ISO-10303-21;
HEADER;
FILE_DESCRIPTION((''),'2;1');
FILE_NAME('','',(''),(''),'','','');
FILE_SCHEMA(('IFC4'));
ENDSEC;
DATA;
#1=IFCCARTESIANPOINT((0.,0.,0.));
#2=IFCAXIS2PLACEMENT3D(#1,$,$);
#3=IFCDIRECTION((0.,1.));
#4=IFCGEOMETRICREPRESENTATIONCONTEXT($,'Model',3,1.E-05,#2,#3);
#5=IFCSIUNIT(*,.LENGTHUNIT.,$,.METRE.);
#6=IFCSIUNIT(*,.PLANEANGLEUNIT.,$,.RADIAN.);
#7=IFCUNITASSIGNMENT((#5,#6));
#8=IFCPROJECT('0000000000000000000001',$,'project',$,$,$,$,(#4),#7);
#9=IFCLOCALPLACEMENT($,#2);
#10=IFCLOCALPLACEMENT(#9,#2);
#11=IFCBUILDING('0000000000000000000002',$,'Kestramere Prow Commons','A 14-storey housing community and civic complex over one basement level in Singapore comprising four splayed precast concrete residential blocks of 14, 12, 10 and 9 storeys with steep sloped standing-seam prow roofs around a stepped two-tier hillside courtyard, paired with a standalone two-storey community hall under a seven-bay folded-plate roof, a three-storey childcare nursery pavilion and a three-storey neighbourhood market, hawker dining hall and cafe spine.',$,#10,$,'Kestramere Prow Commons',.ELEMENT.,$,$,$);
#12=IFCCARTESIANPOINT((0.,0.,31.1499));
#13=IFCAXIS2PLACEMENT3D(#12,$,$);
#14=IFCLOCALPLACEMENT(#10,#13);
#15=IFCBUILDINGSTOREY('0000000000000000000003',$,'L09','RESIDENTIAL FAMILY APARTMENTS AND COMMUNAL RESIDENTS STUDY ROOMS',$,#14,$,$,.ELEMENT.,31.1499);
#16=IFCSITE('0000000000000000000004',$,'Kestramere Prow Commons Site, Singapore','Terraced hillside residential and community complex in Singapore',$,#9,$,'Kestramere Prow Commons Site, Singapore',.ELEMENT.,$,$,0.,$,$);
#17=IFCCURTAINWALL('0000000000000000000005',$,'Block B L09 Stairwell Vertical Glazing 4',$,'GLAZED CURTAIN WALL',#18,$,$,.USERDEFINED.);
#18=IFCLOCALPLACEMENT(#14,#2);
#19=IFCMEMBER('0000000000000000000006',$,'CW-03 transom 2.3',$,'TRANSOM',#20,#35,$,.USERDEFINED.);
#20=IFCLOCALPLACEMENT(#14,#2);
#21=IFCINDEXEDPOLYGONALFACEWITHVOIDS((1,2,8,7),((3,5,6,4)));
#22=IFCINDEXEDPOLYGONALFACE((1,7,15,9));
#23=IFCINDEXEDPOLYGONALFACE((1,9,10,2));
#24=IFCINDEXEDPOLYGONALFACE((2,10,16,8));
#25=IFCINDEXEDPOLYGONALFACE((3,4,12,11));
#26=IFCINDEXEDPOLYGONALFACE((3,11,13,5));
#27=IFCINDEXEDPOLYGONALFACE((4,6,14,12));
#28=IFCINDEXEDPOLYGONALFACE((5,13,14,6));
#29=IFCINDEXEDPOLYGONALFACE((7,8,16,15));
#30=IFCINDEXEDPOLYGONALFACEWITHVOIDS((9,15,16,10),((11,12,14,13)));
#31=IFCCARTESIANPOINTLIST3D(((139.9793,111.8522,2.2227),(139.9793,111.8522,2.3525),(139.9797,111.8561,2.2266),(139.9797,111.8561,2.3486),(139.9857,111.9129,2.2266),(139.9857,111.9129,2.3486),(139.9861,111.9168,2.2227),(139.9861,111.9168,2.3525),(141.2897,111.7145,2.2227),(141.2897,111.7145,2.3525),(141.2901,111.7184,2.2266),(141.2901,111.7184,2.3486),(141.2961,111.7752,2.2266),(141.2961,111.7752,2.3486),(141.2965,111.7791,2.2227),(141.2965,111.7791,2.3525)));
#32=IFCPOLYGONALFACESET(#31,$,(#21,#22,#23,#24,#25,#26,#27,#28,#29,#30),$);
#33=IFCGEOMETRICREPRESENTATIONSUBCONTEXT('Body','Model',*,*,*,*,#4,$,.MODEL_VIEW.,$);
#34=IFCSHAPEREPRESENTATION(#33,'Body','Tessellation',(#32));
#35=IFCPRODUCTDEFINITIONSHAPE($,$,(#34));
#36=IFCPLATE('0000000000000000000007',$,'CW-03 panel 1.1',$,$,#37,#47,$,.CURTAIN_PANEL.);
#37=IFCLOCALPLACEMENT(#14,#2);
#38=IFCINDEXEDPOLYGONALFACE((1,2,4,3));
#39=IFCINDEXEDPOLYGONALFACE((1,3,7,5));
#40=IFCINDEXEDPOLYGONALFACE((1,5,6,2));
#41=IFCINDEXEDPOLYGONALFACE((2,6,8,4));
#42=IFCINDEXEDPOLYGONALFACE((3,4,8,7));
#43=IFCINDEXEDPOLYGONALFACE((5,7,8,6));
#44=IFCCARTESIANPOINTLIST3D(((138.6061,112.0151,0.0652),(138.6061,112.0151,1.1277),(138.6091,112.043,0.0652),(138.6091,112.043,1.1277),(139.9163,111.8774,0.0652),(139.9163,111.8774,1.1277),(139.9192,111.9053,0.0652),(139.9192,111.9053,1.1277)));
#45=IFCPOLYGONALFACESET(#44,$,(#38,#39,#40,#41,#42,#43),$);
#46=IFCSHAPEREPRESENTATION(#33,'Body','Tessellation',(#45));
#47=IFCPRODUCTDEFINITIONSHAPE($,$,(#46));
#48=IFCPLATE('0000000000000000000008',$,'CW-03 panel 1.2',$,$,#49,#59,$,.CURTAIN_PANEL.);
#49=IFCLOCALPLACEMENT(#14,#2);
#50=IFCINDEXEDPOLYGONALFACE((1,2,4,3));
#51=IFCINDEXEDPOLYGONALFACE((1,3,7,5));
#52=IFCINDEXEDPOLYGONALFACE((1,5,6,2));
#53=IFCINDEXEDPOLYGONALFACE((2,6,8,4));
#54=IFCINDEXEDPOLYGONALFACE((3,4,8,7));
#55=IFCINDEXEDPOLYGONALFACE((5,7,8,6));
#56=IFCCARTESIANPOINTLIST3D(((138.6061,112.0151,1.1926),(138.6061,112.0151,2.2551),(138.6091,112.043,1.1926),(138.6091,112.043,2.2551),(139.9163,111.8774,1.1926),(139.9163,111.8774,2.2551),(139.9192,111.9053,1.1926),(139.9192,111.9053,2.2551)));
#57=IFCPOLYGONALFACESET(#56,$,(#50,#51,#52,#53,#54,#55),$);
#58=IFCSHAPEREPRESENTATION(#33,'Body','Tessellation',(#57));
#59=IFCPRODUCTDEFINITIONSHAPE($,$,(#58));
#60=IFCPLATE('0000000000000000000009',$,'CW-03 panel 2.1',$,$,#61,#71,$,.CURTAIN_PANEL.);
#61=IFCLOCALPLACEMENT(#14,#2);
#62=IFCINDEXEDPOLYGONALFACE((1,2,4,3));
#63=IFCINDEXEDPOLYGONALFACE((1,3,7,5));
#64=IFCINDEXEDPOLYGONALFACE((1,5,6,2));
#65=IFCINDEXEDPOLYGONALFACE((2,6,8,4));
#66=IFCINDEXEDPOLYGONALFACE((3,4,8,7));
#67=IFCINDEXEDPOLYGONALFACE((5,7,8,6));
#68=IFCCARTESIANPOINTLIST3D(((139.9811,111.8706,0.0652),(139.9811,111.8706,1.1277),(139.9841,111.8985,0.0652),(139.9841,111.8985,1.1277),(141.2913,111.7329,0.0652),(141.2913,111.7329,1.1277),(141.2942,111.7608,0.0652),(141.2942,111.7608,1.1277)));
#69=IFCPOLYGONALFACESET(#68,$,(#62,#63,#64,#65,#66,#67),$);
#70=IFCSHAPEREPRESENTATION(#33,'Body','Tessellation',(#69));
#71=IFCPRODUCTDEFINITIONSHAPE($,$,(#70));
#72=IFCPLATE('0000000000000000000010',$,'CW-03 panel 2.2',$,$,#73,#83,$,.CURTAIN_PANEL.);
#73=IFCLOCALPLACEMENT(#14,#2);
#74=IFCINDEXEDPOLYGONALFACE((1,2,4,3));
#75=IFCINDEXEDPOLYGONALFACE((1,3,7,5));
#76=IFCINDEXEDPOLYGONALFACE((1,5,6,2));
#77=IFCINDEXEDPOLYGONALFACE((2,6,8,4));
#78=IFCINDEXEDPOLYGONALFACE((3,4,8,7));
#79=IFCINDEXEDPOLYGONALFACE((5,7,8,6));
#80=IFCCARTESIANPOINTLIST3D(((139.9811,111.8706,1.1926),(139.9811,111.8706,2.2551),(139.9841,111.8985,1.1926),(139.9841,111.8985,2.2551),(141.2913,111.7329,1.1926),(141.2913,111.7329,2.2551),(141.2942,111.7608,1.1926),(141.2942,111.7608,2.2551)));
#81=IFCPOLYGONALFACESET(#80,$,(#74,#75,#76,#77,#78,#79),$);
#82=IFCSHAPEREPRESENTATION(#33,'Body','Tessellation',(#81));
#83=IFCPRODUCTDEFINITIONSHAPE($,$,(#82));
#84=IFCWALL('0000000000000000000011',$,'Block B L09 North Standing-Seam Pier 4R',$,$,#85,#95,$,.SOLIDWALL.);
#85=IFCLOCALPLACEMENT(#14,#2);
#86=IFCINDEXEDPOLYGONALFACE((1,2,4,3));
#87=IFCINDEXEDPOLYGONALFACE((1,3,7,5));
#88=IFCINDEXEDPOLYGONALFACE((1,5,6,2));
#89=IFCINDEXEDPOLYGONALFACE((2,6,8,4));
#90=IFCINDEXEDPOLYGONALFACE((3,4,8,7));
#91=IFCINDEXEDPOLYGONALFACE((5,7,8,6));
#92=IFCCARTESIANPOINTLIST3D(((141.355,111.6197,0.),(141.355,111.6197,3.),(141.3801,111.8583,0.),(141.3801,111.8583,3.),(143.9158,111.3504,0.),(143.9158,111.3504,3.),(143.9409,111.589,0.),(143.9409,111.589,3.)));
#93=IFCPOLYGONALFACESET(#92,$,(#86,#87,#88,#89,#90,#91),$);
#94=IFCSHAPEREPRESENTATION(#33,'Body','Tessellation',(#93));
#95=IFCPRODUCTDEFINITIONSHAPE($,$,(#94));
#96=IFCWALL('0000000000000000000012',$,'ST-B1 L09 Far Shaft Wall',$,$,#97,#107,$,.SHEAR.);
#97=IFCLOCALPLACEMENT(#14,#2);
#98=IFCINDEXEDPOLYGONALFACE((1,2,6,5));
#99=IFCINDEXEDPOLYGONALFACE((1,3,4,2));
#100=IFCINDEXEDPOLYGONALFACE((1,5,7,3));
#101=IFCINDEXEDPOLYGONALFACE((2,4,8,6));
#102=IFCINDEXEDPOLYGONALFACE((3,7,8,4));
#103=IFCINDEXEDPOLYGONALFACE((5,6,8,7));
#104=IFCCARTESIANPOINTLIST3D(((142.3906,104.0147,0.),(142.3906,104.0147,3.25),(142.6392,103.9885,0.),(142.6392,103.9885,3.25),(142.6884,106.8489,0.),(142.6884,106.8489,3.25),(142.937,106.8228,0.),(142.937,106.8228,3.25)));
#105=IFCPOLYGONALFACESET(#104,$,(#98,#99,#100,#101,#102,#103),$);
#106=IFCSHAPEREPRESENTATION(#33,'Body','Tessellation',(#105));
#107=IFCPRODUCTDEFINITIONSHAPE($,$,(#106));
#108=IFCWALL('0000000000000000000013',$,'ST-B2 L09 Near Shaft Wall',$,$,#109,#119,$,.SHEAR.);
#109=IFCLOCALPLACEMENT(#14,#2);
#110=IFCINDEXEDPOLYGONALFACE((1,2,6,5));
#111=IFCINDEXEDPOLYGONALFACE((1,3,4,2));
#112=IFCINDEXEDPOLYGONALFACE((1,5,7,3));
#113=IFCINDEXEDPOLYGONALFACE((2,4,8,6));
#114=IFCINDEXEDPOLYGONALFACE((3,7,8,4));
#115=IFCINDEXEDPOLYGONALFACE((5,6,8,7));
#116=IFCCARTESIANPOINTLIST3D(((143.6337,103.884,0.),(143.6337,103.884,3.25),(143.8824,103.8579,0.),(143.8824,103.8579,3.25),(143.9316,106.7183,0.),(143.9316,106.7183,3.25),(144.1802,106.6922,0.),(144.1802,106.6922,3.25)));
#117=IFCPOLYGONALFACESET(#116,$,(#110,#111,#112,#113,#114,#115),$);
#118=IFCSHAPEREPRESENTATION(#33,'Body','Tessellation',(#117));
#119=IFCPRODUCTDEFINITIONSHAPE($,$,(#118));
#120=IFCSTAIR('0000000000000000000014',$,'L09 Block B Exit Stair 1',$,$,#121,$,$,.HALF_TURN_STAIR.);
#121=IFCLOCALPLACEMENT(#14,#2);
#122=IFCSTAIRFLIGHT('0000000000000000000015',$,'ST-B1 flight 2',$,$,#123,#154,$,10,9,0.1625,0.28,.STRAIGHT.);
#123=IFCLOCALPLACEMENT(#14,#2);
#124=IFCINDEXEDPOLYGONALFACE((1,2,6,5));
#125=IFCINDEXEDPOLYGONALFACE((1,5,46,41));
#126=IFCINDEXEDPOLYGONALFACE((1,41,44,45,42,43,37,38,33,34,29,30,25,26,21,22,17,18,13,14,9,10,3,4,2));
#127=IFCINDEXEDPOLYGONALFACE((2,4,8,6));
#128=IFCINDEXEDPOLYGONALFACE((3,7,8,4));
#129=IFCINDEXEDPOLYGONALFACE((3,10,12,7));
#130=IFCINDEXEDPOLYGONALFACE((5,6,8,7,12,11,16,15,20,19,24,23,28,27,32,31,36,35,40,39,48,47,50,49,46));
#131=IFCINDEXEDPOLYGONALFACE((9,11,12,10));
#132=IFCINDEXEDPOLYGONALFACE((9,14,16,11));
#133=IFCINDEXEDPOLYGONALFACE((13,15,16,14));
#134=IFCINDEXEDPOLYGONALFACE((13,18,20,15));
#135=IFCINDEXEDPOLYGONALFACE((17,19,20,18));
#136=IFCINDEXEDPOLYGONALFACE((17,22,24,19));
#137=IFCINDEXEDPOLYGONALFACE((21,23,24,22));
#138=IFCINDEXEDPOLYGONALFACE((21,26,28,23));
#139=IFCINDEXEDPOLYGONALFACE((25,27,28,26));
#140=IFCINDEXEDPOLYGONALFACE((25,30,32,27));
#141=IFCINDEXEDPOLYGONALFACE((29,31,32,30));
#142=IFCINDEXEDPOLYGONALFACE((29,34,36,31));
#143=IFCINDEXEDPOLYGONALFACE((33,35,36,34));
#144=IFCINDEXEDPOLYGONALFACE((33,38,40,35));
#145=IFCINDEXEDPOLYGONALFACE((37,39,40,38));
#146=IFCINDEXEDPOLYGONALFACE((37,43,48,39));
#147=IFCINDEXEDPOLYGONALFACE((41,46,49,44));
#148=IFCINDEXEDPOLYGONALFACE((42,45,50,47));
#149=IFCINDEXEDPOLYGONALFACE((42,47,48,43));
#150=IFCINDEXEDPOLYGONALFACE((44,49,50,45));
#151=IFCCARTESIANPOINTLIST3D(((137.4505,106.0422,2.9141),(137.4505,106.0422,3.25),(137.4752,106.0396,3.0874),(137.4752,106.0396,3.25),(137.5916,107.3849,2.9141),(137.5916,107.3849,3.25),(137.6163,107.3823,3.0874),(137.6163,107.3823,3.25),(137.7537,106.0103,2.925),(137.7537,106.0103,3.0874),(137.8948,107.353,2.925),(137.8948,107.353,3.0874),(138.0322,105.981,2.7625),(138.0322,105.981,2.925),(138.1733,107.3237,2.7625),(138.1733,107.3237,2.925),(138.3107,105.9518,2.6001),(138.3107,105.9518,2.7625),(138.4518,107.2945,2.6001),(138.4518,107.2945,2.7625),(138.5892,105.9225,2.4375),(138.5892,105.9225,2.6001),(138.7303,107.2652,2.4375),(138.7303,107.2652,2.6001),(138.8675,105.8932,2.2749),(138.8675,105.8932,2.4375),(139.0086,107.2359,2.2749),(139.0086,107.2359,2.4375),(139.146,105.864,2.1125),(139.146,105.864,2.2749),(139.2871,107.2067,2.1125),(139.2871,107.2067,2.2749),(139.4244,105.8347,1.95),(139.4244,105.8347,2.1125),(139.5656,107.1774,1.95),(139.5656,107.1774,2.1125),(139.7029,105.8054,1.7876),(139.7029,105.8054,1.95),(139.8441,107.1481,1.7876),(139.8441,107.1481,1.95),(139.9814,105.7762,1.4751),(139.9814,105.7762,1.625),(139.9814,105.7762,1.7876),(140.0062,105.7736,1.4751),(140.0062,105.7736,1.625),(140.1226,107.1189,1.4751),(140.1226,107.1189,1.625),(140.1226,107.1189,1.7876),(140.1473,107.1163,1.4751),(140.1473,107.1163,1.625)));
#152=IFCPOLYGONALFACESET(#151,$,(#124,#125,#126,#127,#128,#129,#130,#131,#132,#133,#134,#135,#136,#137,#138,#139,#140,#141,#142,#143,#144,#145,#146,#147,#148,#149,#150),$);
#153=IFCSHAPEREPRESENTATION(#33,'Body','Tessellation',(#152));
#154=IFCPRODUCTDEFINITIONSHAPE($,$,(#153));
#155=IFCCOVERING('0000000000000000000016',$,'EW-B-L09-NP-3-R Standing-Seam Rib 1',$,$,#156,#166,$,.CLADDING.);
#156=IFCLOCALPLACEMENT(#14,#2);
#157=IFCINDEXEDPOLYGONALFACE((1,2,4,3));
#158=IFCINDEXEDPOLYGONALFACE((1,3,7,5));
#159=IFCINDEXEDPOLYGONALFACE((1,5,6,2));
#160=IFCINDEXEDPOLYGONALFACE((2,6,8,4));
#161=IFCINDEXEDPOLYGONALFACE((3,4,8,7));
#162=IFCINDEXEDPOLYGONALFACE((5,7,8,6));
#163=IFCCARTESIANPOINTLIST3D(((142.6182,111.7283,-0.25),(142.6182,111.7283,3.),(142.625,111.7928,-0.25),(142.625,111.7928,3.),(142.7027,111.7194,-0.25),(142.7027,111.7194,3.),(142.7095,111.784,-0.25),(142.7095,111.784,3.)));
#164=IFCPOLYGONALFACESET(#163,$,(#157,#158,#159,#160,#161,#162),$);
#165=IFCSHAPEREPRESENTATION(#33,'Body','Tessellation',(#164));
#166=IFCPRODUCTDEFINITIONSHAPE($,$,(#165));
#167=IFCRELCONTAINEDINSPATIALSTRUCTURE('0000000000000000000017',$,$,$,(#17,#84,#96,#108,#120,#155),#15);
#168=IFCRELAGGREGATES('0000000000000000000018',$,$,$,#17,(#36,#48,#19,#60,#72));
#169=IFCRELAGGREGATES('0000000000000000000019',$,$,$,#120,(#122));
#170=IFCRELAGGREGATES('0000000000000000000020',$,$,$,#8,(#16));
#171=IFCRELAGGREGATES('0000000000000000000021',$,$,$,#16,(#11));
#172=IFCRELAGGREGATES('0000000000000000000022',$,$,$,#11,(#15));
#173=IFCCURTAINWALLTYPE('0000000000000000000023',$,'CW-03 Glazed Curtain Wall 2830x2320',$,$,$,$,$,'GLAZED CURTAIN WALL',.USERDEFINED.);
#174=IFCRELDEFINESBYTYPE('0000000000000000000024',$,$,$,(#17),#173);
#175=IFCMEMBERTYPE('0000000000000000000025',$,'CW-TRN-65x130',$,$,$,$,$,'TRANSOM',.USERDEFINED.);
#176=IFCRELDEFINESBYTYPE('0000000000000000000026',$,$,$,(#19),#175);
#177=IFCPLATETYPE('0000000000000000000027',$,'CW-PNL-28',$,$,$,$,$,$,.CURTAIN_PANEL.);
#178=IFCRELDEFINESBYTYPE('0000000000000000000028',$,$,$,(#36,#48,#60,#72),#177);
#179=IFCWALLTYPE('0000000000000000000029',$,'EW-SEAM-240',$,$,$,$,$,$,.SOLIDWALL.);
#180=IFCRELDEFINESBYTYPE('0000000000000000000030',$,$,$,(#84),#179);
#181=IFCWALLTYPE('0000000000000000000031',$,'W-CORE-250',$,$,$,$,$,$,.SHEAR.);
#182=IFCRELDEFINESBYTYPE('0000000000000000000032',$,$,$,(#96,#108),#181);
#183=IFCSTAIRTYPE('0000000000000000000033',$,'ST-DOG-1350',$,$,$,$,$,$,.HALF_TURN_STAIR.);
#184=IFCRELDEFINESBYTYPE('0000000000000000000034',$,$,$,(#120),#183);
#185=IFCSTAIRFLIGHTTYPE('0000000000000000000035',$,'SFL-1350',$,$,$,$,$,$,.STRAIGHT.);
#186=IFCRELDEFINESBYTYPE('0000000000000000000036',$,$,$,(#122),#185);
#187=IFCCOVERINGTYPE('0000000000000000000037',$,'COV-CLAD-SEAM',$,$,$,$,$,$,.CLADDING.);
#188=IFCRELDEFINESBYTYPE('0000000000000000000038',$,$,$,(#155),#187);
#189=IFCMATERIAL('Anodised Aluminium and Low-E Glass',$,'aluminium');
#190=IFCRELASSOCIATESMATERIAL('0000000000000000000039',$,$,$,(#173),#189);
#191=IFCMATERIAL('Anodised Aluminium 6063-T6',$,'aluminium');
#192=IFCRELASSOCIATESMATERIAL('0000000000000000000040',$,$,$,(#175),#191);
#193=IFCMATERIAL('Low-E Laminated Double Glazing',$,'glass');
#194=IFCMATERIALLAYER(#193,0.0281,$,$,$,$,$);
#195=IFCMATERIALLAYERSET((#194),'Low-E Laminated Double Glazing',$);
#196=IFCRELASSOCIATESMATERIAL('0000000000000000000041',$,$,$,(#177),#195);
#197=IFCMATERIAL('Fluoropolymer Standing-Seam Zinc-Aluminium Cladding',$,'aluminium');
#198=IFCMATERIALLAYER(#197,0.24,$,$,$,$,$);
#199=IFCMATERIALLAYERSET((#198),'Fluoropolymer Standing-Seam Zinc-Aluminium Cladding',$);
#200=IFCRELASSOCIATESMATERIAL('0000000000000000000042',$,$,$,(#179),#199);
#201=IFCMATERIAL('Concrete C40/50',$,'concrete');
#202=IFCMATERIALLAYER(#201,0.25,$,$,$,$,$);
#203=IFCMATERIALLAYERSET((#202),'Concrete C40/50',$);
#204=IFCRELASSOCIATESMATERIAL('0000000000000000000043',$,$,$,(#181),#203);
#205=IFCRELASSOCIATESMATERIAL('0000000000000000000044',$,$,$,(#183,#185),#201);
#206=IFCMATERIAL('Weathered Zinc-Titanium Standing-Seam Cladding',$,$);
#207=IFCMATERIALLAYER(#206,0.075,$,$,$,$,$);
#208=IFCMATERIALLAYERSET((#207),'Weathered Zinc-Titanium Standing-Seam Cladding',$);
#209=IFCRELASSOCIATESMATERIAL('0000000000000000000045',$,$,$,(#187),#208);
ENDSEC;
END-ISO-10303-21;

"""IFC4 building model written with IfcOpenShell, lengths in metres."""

from ifc_helpers import new_model, si_unit, direction, frame, frame_2d, origin, origin_2d, place, context, subcontext, project, spatial, polyline, rectangle, hollow_rectangle, outline, extrude, material, layer, layer_set, material_profile, profile_set, type_object, element, aggregate, save


model = new_model("IFC4")

# Units and contexts
model_context = context("Model", 3, precision=1e-05, world=origin(), true_north=direction((0.0, 1.0)))
body_context = subcontext(model_context, "Body", "Model", "MODEL_VIEW")
ifc_project = project(units=[si_unit("LENGTHUNIT", "METRE"), si_unit("PLANEANGLEUNIT", "RADIAN")], contexts=[model_context])

# Site, building, storey
site_placement = place(None, origin())
site = spatial("IfcSite", under=ifc_project, at=site_placement, Name="Kestramere Prow Commons Site, Singapore", Description="Terraced hillside residential and community complex in Singapore", LongName="Kestramere Prow Commons Site, Singapore", CompositionType="ELEMENT", RefElevation=0.0)
building_placement = place(site_placement, origin())
building = spatial("IfcBuilding", under=site, at=building_placement, Name="Kestramere Prow Commons", Description="A 14-storey housing community and civic complex over one basement level in Singapore comprising four splayed precast concrete residential blocks of 14, 12, 10 and 9 storeys with steep sloped standing-seam prow roofs around a stepped two-tier hillside courtyard, paired with a standalone two-storey community hall under a seven-bay folded-plate roof, a three-storey childcare nursery pavilion and a three-storey neighbourhood market, hawker dining hall and cafe spine.", LongName="Kestramere Prow Commons", CompositionType="ELEMENT")
storey_placement = place(building_placement, frame((0.0, 0.0, 31.1499)))
storey = spatial("IfcBuildingStorey", under=building, at=storey_placement, Name="L09", Description="RESIDENTIAL FAMILY APARTMENTS AND COMMUNAL RESIDENTS STUDY ROOMS", CompositionType="ELEMENT", Elevation=31.1499)

# Shared definitions
ifc_material_1 = material(Name="Concrete C40/50", Category="concrete")

# Curtain wall, member, plates
ifc_material_2 = material(Name="Anodised Aluminium and Low-E Glass", Category="aluminium")
curtain_wall_type = type_object("IfcCurtainWallType", Name="CW-03 Glazed Curtain Wall 2830x2320", ElementType="GLAZED CURTAIN WALL", PredefinedType="USERDEFINED", material=ifc_material_2)
curtain_wall_placement = place(storey_placement, origin())
curtain_wall = element("IfcCurtainWall", 1, at=curtain_wall_placement, inside=storey, type_object=curtain_wall_type, Name="Block B L09 Stairwell Vertical Glazing 4", ObjectType="GLAZED CURTAIN WALL", PredefinedType="USERDEFINED")
ifc_material_3 = material(Name="Anodised Aluminium 6063-T6", Category="aluminium")
ifc_material_profile_1 = material_profile(ifc_material_3, hollow_rectangle(XDim=0.0649, YDim=0.1299, WallThickness=0.0039, at=origin_2d()), Name="ALU-TRN 65x130")
ifc_profile_set_1 = profile_set([ifc_material_profile_1], Name="Anodised Aluminium 6063-T6")
member_type_1 = type_object("IfcMemberType", Name="CW-TRN-65x130", ElementType="TRANSOM", PredefinedType="USERDEFINED", material=ifc_profile_set_1)
member_1_placement = place(storey_placement, frame((139.9827, 111.8845, 2.2876), z_axis=(0.994524, -0.104511, 0.0), x_axis=(0.104511, 0.994524, 0.0)))
member_1 = element("IfcMember", 2, at=member_1_placement, type_object=member_type_1, Name="CW-03 transom 2.3", ObjectType="TRANSOM", PredefinedType="USERDEFINED", context=body_context, shape_type="SweptSolid", body=[
    extrude(hollow_rectangle(XDim=0.0649, YDim=0.1299, WallThickness=0.0039, at=origin_2d()), origin(), (0.0, 0.0, 1.0), 1.3176),
])
ifc_material_4 = material(Name="Low-E Laminated Double Glazing", Category="glass")
ifc_layer_1 = layer(ifc_material_4, 0.0281)
ifc_layer_set_1 = layer_set([ifc_layer_1], Name="Low-E Laminated Double Glazing")
plate_type = type_object("IfcPlateType", Name="CW-PNL-28", PredefinedType="CURTAIN_PANEL", material=ifc_layer_set_1)
plate_1_placement = place(storey_placement, frame((139.2627, 111.9602, 0.0652), z_axis=(0.0, 0.0, 1.0), x_axis=(0.994522, -0.104529, 0.0)))
plate_1 = element("IfcPlate", 3, at=plate_1_placement, type_object=plate_type, Name="CW-03 panel 1.1", PredefinedType="CURTAIN_PANEL", context=body_context, shape_type="SweptSolid", body=[
    extrude(rectangle(XDim=1.3174, YDim=0.0281, at=origin_2d()), origin(), (0.0, 0.0, 1.0), 1.0625),
])
plate_2_placement = place(storey_placement, frame((139.2627, 111.9602, 1.1926), z_axis=(0.0, 0.0, 1.0), x_axis=(0.994522, -0.104529, 0.0)))
plate_2 = element("IfcPlate", 4, at=plate_2_placement, type_object=plate_type, Name="CW-03 panel 1.2", PredefinedType="CURTAIN_PANEL", context=body_context, shape_type="SweptSolid", body=[
    extrude(rectangle(XDim=1.3174, YDim=0.0281, at=origin_2d()), origin(), (0.0, 0.0, 1.0), 1.0625),
])
plate_3_placement = place(storey_placement, frame((140.6377, 111.8157, 0.0652), z_axis=(0.0, 0.0, 1.0), x_axis=(0.994522, -0.104529, 0.0)))
plate_3 = element("IfcPlate", 5, at=plate_3_placement, type_object=plate_type, Name="CW-03 panel 2.1", PredefinedType="CURTAIN_PANEL", context=body_context, shape_type="SweptSolid", body=[
    extrude(rectangle(XDim=1.3174, YDim=0.0281, at=origin_2d()), origin(), (0.0, 0.0, 1.0), 1.0625),
])
plate_4_placement = place(storey_placement, frame((140.6377, 111.8157, 1.1926), z_axis=(0.0, 0.0, 1.0), x_axis=(0.994522, -0.104529, 0.0)))
plate_4 = element("IfcPlate", 6, at=plate_4_placement, type_object=plate_type, Name="CW-03 panel 2.2", PredefinedType="CURTAIN_PANEL", context=body_context, shape_type="SweptSolid", body=[
    extrude(rectangle(XDim=1.3174, YDim=0.0281, at=origin_2d()), origin(), (0.0, 0.0, 1.0), 1.0625),
])
aggregate(curtain_wall, [plate_1, plate_2, member_1, plate_3, plate_4])

# Walls
ifc_material_5 = material(Name="Fluoropolymer Standing-Seam Zinc-Aluminium Cladding", Category="aluminium")
ifc_layer_2 = layer(ifc_material_5, 0.24)
ifc_layer_set_2 = layer_set([ifc_layer_2], Name="Fluoropolymer Standing-Seam Zinc-Aluminium Cladding")
wall_type_1 = type_object("IfcWallType", Name="EW-SEAM-240", PredefinedType="SOLIDWALL", material=ifc_layer_set_2)
wall_placement = place(storey_placement, frame((141.3674, 111.739, 0.0), z_axis=(0.0, 0.0, 1.0), x_axis=(0.994516, -0.104581, 0.0)))
element("IfcWall", 7, at=wall_placement, inside=storey, type_object=wall_type_1, Name="Block B L09 North Standing-Seam Pier 4R", PredefinedType="SOLIDWALL", context=body_context, shape_type="SweptSolid", body=[
    extrude(rectangle(XDim=2.575, YDim=0.24, at=frame_2d((1.2876, 0.0))), origin(), (0.0, 0.0, 1.0), 3.0),
])
ifc_layer_3 = layer(ifc_material_1, 0.25)
ifc_layer_set_3 = layer_set([ifc_layer_3], Name="Concrete C40/50")
wall_type_2 = type_object("IfcWallType", Name="W-CORE-250", PredefinedType="SHEAR", material=ifc_layer_set_3)
for number, where, z_axis, x_axis, name in (
    (8, (142.5149, 104.0017, 0.0), (0.0, 0.0, 1.0), (0.104515, 0.994523, 0.0), "ST-B1 L09 Far Shaft Wall"),
    (9, (143.7581, 103.8711, 0.0), (0.0, 0.0, 1.0), (0.104515, 0.994523, 0.0), "ST-B2 L09 Near Shaft Wall"),
):
    element("IfcWall", number, at=place(storey_placement, frame(where, z_axis=z_axis, x_axis=x_axis)), inside=storey, type_object=wall_type_2, Name=name, PredefinedType="SHEAR", context=body_context, shape_type="SweptSolid", body=[
        extrude(rectangle(XDim=2.8499, YDim=0.25, at=frame_2d((1.4248, 0.0))), origin(), (0.0, 0.0, 1.0), 3.25),
    ])

# Stair, stair flight
stair_type = type_object("IfcStairType", Name="ST-DOG-1350", PredefinedType="HALF_TURN_STAIR", material=ifc_material_1)
stair_placement = place(storey_placement, origin())
stair = element("IfcStair", 10, at=stair_placement, inside=storey, type_object=stair_type, Name="L09 Block B Exit Stair 1", PredefinedType="HALF_TURN_STAIR")
stair_flight_type = type_object("IfcStairFlightType", Name="SFL-1350", PredefinedType="STRAIGHT", material=ifc_material_1)
stair_flight_placement = place(storey_placement, frame((140.052, 106.4475, 1.625), z_axis=(0.0, 0.0, 1.0), x_axis=(-0.994522, 0.104528, 0.0)))
stair_flight = element("IfcStairFlight", 11, at=stair_flight_placement, type_object=stair_flight_type, Name="ST-B1 flight 2", NumberOfRisers=10, NumberOfTreads=9, PredefinedType="STRAIGHT", RiserHeight=0.1625, TreadLength=0.28, context=body_context, shape_type="SweptSolid", body=[
    extrude(outline(polyline([(-0.0249, 0.0), (0.0, 0.0), (0.0, 0.1626), (0.28, 0.1626), (0.28, 0.325), (0.5601, 0.325), (0.5601, 0.4875), (0.8401, 0.4875), (0.8401, 0.6499), (1.1201, 0.6499), (1.1201, 0.8125), (1.3999, 0.8125), (1.3999, 0.9751), (1.6799, 0.9751), (1.6799, 1.1375), (1.96, 1.1375), (1.96, 1.3), (2.24, 1.3), (2.24, 1.4624), (2.52, 1.4624), (2.52, 1.625), (2.5449, 1.625), (2.5449, 1.2891), (0.0, -0.1499), (-0.0249, -0.1499), (-0.0249, 0.0)])), frame((0.0, 0.675, 0.0), z_axis=(0.0, -1.0, 0.0), x_axis=(1.0, 0.0, 0.0)), (0.0, 0.0, 1.0), 1.3501),
])
aggregate(stair, [stair_flight])

# Covering
ifc_material_6 = material(Name="Weathered Zinc-Titanium Standing-Seam Cladding")
ifc_layer_4 = layer(ifc_material_6, 0.075)
ifc_layer_set_4 = layer_set([ifc_layer_4], Name="Weathered Zinc-Titanium Standing-Seam Cladding")
covering_type = type_object("IfcCoveringType", Name="COV-CLAD-SEAM", PredefinedType="CLADDING", material=ifc_layer_set_4)
covering_placement = place(storey_placement, frame((142.6638, 111.7561, -0.25), z_axis=(0.0, 0.0, 1.0), x_axis=(0.994522, -0.104528, 0.0)))
element("IfcCovering", 12, at=covering_placement, inside=storey, type_object=covering_type, Name="EW-B-L09-NP-3-R Standing-Seam Rib 1", PredefinedType="CLADDING", context=body_context, shape_type="SweptSolid", body=[
    extrude(rectangle(XDim=0.085, YDim=0.0649, at=origin_2d()), origin(), (0.0, 0.0, 1.0), 3.25),
])

save(model, "model.ifc")
